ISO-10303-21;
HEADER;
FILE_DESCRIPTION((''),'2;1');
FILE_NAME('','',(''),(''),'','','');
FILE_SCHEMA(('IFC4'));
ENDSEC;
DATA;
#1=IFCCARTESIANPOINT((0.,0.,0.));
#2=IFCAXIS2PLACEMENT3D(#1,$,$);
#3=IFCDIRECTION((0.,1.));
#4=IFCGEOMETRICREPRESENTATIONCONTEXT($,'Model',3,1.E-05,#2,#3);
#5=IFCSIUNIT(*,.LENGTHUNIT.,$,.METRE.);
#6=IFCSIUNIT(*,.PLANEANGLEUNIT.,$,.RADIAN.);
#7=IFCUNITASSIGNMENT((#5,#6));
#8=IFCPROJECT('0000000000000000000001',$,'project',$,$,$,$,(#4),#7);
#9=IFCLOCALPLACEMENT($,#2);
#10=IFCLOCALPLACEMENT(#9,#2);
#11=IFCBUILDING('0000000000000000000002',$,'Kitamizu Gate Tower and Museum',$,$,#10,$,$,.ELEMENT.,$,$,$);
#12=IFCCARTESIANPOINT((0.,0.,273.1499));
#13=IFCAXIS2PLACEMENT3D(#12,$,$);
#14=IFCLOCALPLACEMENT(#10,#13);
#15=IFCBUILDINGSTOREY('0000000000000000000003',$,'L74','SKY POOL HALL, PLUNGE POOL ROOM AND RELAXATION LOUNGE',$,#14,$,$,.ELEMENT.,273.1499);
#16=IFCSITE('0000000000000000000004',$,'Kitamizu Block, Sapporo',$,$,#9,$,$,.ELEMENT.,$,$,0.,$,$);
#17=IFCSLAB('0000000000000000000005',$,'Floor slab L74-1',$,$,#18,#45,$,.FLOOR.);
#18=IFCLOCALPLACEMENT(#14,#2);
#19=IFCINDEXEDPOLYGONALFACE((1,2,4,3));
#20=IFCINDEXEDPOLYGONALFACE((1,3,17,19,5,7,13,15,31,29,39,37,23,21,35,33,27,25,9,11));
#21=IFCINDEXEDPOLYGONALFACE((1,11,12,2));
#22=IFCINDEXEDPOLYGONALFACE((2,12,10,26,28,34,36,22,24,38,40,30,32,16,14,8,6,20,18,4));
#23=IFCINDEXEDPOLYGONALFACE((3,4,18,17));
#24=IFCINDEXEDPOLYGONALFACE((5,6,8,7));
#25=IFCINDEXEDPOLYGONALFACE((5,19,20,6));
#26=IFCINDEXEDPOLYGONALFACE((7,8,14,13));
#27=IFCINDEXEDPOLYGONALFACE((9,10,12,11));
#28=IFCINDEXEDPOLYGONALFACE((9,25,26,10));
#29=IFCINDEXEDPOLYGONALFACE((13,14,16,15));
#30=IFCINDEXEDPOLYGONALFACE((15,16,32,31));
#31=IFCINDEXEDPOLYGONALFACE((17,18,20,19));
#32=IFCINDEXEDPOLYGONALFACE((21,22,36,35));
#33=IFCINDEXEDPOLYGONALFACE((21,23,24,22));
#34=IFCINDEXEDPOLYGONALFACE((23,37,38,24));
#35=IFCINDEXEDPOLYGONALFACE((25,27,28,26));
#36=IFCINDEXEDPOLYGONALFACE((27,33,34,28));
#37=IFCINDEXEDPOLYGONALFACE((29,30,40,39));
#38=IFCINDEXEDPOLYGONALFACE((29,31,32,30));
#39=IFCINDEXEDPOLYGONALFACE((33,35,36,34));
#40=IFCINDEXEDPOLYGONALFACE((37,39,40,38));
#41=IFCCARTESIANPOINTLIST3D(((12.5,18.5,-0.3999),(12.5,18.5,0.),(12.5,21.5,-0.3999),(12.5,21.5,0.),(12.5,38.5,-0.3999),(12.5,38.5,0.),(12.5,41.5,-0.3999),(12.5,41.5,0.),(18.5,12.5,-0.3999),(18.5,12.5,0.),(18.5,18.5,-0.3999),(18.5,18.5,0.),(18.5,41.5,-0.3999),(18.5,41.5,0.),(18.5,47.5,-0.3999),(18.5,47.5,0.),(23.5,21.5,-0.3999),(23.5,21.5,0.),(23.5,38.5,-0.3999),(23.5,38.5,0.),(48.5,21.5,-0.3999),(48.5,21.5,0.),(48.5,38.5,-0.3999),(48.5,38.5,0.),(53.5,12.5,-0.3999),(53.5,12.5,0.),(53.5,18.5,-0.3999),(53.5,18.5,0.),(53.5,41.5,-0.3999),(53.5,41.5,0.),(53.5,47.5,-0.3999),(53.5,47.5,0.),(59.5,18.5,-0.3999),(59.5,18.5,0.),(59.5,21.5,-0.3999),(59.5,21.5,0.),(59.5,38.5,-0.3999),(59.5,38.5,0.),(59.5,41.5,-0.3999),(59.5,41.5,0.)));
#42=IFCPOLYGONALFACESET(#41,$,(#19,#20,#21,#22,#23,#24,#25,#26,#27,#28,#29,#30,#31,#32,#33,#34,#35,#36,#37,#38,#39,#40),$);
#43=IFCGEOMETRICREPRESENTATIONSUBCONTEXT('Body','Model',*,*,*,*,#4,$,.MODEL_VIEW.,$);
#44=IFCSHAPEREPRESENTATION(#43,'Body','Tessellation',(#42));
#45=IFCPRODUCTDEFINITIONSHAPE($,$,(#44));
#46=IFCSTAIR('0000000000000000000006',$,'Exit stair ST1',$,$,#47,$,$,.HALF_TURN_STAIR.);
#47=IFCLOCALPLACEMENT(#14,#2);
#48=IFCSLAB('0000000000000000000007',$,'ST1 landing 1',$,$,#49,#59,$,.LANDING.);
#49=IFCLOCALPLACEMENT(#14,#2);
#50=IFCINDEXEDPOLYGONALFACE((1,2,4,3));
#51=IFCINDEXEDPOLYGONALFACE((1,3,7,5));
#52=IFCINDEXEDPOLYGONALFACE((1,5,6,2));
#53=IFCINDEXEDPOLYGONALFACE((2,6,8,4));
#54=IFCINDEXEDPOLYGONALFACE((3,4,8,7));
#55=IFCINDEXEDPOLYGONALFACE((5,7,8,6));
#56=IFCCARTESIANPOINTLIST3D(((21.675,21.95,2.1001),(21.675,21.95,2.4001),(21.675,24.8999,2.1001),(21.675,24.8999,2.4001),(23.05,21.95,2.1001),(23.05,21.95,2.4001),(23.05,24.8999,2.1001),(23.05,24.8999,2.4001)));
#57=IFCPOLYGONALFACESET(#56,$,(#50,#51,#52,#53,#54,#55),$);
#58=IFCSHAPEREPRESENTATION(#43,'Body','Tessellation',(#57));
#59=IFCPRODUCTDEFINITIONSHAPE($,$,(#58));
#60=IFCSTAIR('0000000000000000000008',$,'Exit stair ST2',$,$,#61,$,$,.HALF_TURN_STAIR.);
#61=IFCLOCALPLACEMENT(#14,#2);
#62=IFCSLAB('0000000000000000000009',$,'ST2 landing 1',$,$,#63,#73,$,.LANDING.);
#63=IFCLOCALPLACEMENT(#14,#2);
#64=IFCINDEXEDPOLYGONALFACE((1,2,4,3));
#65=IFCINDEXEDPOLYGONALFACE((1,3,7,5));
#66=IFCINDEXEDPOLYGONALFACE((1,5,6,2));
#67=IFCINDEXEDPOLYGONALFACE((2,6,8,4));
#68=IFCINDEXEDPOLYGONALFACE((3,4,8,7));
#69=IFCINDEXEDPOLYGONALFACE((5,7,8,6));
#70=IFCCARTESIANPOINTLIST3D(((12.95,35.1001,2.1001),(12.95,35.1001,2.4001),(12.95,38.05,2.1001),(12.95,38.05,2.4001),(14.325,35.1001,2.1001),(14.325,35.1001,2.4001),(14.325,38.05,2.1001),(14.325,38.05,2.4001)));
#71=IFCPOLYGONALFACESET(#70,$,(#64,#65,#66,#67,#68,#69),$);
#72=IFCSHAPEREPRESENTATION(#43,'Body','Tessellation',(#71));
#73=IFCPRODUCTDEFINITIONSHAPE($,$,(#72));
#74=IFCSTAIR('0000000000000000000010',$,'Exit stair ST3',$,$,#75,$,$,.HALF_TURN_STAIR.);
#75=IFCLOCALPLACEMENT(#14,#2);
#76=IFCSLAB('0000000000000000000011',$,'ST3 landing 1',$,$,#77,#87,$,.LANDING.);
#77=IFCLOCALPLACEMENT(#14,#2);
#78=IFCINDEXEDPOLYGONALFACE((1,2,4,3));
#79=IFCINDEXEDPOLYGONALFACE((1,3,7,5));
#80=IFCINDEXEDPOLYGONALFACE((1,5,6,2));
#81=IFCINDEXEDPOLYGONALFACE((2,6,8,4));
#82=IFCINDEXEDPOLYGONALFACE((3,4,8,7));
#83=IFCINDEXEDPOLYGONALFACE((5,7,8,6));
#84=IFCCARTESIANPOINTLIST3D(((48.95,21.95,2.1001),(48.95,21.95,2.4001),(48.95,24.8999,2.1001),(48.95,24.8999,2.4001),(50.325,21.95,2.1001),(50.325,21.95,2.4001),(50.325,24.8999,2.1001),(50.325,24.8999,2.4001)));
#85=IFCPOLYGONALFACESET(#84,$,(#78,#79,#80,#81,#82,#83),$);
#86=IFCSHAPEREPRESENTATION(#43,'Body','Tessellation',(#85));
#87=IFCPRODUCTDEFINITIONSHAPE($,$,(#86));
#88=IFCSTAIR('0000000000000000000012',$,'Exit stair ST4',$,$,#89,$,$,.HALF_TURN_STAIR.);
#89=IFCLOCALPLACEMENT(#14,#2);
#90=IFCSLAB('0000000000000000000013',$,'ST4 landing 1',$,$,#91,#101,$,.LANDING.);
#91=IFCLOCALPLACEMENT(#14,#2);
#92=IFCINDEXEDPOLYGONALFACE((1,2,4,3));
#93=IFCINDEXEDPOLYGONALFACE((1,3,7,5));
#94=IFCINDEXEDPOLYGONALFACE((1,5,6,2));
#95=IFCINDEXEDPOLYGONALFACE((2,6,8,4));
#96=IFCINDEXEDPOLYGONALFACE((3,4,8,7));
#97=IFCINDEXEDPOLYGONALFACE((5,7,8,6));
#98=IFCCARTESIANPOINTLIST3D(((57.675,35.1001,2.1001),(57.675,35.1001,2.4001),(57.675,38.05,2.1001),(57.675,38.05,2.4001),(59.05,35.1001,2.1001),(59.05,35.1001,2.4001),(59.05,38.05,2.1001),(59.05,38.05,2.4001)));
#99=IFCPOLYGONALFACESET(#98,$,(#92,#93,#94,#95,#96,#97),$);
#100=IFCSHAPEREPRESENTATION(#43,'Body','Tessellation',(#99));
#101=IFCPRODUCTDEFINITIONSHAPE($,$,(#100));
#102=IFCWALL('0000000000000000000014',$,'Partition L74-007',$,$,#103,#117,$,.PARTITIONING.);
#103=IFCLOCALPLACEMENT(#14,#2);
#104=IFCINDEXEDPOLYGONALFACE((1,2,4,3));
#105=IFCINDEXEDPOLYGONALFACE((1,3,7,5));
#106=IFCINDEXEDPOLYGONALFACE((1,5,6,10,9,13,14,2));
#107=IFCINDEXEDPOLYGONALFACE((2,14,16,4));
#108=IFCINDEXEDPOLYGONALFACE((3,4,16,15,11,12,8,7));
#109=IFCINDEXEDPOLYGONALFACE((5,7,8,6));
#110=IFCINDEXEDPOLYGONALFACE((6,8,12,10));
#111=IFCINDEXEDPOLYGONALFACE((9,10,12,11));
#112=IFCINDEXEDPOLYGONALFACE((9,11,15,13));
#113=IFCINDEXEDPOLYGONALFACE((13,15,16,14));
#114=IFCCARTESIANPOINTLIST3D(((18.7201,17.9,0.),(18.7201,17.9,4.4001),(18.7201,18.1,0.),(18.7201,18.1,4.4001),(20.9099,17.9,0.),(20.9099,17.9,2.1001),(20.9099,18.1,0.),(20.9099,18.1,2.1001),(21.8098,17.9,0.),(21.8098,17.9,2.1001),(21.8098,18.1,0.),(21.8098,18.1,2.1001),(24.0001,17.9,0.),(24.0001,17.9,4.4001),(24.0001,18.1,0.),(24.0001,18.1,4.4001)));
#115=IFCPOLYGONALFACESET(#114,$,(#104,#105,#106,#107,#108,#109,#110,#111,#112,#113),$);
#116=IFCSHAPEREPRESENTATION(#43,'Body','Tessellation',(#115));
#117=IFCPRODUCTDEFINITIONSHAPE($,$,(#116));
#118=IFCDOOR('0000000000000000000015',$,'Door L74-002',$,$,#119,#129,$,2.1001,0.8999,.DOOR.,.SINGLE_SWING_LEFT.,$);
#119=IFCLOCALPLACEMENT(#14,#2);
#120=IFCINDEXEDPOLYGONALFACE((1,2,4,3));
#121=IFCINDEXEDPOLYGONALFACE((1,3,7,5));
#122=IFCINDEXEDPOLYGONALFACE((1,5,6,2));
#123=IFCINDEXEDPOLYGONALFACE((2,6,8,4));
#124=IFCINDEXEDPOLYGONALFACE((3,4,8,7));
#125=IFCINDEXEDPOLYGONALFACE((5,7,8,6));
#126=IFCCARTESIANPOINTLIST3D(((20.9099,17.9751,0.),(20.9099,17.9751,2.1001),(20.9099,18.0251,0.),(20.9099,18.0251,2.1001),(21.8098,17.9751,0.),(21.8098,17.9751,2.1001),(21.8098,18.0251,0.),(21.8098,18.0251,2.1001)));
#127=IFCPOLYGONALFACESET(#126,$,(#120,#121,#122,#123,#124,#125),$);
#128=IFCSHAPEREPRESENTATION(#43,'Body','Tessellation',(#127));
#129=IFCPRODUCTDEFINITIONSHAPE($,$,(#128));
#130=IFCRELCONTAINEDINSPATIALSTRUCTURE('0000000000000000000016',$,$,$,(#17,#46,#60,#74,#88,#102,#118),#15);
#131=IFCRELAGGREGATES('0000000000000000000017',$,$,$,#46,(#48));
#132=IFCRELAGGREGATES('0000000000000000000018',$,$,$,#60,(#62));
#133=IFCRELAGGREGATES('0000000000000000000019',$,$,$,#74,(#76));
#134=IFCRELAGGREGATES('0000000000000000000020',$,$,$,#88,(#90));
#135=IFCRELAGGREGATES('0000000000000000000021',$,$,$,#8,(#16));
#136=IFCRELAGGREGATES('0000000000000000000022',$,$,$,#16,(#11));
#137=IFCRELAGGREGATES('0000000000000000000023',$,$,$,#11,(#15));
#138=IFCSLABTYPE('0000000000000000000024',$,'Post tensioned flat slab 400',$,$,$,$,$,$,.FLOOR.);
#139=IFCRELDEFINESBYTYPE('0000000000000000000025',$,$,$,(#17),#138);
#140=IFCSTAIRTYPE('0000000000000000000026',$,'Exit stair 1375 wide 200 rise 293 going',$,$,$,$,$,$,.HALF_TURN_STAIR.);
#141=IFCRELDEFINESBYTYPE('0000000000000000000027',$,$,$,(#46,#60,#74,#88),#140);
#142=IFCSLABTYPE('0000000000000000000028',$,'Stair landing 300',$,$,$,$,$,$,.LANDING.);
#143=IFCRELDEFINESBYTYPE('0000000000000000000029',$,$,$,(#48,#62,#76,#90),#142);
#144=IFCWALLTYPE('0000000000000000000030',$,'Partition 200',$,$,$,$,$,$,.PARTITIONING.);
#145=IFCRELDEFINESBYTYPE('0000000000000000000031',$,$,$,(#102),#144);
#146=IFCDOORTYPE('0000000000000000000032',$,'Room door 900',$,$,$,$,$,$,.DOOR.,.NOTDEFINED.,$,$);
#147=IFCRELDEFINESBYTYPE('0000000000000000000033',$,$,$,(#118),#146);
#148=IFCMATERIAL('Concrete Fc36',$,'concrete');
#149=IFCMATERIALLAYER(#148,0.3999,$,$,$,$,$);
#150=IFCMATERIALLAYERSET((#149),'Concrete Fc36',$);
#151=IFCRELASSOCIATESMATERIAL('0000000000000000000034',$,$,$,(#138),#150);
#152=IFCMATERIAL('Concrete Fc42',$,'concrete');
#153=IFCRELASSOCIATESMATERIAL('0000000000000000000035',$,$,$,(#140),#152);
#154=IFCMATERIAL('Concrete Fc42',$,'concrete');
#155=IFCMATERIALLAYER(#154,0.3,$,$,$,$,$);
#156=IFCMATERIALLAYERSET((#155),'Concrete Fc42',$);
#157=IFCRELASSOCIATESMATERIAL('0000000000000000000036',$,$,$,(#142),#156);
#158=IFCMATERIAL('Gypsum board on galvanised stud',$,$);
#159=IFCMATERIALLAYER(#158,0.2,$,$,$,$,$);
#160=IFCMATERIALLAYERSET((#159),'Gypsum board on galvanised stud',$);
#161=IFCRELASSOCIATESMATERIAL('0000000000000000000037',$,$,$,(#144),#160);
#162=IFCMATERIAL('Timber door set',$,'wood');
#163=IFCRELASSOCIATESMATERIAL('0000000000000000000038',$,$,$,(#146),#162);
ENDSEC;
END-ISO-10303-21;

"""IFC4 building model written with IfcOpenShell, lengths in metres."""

from ifc_helpers import new_model, si_unit, direction, frame, frame_2d, origin, place, context, subcontext, project, spatial, polyline, rectangle, outline, extrude, material, layer, layer_set, type_object, element, fill, aggregate, save


model = new_model("IFC4")

# Units and contexts
model_context = context("Model", 3, precision=1e-05, world=origin(), true_north=direction((0.0, 1.0)))
body_context = subcontext(model_context, "Body", "Model", "MODEL_VIEW")
ifc_project = project(units=[si_unit("LENGTHUNIT", "METRE"), si_unit("PLANEANGLEUNIT", "RADIAN")], contexts=[model_context])

# Site, building, storey
site_placement = place(None, origin())
site = spatial("IfcSite", under=ifc_project, at=site_placement, Name="Kitamizu Block, Sapporo", CompositionType="ELEMENT", RefElevation=0.0)
building_placement = place(site_placement, origin())
building = spatial("IfcBuilding", under=site, at=building_placement, Name="Kitamizu Gate Tower and Museum", CompositionType="ELEMENT")
storey_placement = place(building_placement, frame((0.0, 0.0, 273.1499)))
storey = spatial("IfcBuildingStorey", under=building, at=storey_placement, Name="L74", Description="SKY POOL HALL, PLUNGE POOL ROOM AND RELAXATION LOUNGE", CompositionType="ELEMENT", Elevation=273.1499)

# Slab
ifc_material_1 = material(Name="Concrete Fc36", Category="concrete")
ifc_layer_1 = layer(ifc_material_1, 0.3999)
ifc_layer_set_1 = layer_set([ifc_layer_1], Name="Concrete Fc36")
slab_type_1 = type_object("IfcSlabType", Name="Post tensioned flat slab 400", PredefinedType="FLOOR", material=ifc_layer_set_1)
slab_1_placement = place(storey_placement, frame((0.0, 0.0, -0.3999)))
element("IfcSlab", 1, at=slab_1_placement, inside=storey, type_object=slab_type_1, Name="Floor slab L74-1", PredefinedType="FLOOR", context=body_context, shape_type="SweptSolid", body=[
    extrude(outline(polyline([(12.5, 18.5), (12.5, 21.5), (23.5, 21.5), (23.5, 38.5), (12.5, 38.5), (12.5, 41.5), (18.5, 41.5), (18.5, 47.5), (53.5, 47.5), (53.5, 41.5), (59.5, 41.5), (59.5, 38.5), (48.5, 38.5), (48.5, 21.5), (59.5, 21.5), (59.5, 18.5), (53.5, 18.5), (53.5, 12.5), (18.5, 12.5), (18.5, 18.5), (12.5, 18.5)])), origin(), (0.0, 0.0, 1.0), 0.3999),
])

# Stairs, slabs
ifc_material_2 = material(Name="Concrete Fc42", Category="concrete")
stair_type = type_object("IfcStairType", Name="Exit stair 1375 wide 200 rise 293 going", PredefinedType="HALF_TURN_STAIR", material=ifc_material_2)
stair_1_placement = place(storey_placement, origin())
stair_1 = element("IfcStair", 2, at=stair_1_placement, inside=storey, type_object=stair_type, Name="Exit stair ST1", PredefinedType="HALF_TURN_STAIR")
ifc_material_3 = material(Name="Concrete Fc42", Category="concrete")
ifc_layer_2 = layer(ifc_material_3, 0.3)
ifc_layer_set_2 = layer_set([ifc_layer_2], Name="Concrete Fc42")
slab_type_2 = type_object("IfcSlabType", Name="Stair landing 300", PredefinedType="LANDING", material=ifc_layer_set_2)
slab_2_placement = place(storey_placement, frame((0.0, 0.0, 2.1001)))
slab_2 = element("IfcSlab", 3, at=slab_2_placement, type_object=slab_type_2, Name="ST1 landing 1", PredefinedType="LANDING", context=body_context, shape_type="SweptSolid", body=[
    extrude(outline(polyline([(21.675, 21.95), (23.05, 21.95), (23.05, 24.8999), (21.675, 24.8999), (21.675, 21.95)])), origin(), (0.0, 0.0, 1.0), 0.3),
])
aggregate(stair_1, [slab_2])
stair_2_placement = place(storey_placement, origin())
stair_2 = element("IfcStair", 4, at=stair_2_placement, inside=storey, type_object=stair_type, Name="Exit stair ST2", PredefinedType="HALF_TURN_STAIR")
slab_3_placement = place(storey_placement, frame((0.0, 0.0, 2.1001)))
slab_3 = element("IfcSlab", 5, at=slab_3_placement, type_object=slab_type_2, Name="ST2 landing 1", PredefinedType="LANDING", context=body_context, shape_type="SweptSolid", body=[
    extrude(outline(polyline([(12.95, 35.1001), (14.325, 35.1001), (14.325, 38.05), (12.95, 38.05), (12.95, 35.1001)])), origin(), (0.0, 0.0, 1.0), 0.3),
])
aggregate(stair_2, [slab_3])
stair_3_placement = place(storey_placement, origin())
stair_3 = element("IfcStair", 6, at=stair_3_placement, inside=storey, type_object=stair_type, Name="Exit stair ST3", PredefinedType="HALF_TURN_STAIR")
slab_4_placement = place(storey_placement, frame((0.0, 0.0, 2.1001)))
slab_4 = element("IfcSlab", 7, at=slab_4_placement, type_object=slab_type_2, Name="ST3 landing 1", PredefinedType="LANDING", context=body_context, shape_type="SweptSolid", body=[
    extrude(outline(polyline([(48.95, 21.95), (50.325, 21.95), (50.325, 24.8999), (48.95, 24.8999), (48.95, 21.95)])), origin(), (0.0, 0.0, 1.0), 0.3),
])
aggregate(stair_3, [slab_4])
stair_4_placement = place(storey_placement, origin())
stair_4 = element("IfcStair", 8, at=stair_4_placement, inside=storey, type_object=stair_type, Name="Exit stair ST4", PredefinedType="HALF_TURN_STAIR")
slab_5_placement = place(storey_placement, frame((0.0, 0.0, 2.1001)))
slab_5 = element("IfcSlab", 9, at=slab_5_placement, type_object=slab_type_2, Name="ST4 landing 1", PredefinedType="LANDING", context=body_context, shape_type="SweptSolid", body=[
    extrude(outline(polyline([(57.675, 35.1001), (59.05, 35.1001), (59.05, 38.05), (57.675, 38.05), (57.675, 35.1001)])), origin(), (0.0, 0.0, 1.0), 0.3),
])
aggregate(stair_4, [slab_5])

# Wall, opening, door
ifc_material_4 = material(Name="Gypsum board on galvanised stud")
ifc_layer_3 = layer(ifc_material_4, 0.2)
ifc_layer_set_3 = layer_set([ifc_layer_3], Name="Gypsum board on galvanised stud")
wall_type = type_object("IfcWallType", Name="Partition 200", PredefinedType="PARTITIONING", material=ifc_layer_set_3)
wall_placement = place(storey_placement, frame((18.72, 18.0, 0.0), z_axis=(0.0, 0.0, 1.0), x_axis=(1.0, 0.0, 0.0)))
wall = element("IfcWall", 10, at=wall_placement, inside=storey, type_object=wall_type, Name="Partition L74-007", PredefinedType="PARTITIONING", context=body_context, shape_type="SweptSolid", body=[
    extrude(rectangle(XDim=5.28, YDim=0.2, at=frame_2d((2.6401, 0.0))), origin(), (0.0, 0.0, 1.0), 4.4001),
])
opening_placement = place(wall_placement, frame((2.1899, 0.0, 0.0)))
opening = element("IfcOpeningElement", 11, at=opening_placement, cuts=wall, PredefinedType="OPENING", context=body_context, shape_type="SweptSolid", body=[
    extrude(rectangle(XDim=0.8999, YDim=2.1001, at=frame_2d((0.45, 1.05))), frame((0.0, 0.1099, 0.0), z_axis=(0.0, -1.0, 0.0), x_axis=(1.0, 0.0, 0.0)), (0.0, 0.0, 1.0), 0.22),
])
ifc_material_5 = material(Name="Timber door set", Category="wood")
door_type = type_object("IfcDoorType", Name="Room door 900", OperationType="NOTDEFINED", PredefinedType="DOOR", material=ifc_material_5)
door_placement = place(opening_placement, frame((0.8999, 0.0, 0.0), x_axis=(-1.0, 0.0, 0.0)))
door = element("IfcDoor", 12, at=door_placement, inside=storey, type_object=door_type, Name="Door L74-002", OperationType="SINGLE_SWING_LEFT", OverallHeight=2.1001, OverallWidth=0.8999, PredefinedType="DOOR", context=body_context, shape_type="SweptSolid", body=[
    extrude(rectangle(XDim=0.8999, YDim=2.1001, at=frame_2d((0.45, 1.05))), frame((0.0, 0.0249, 0.0), z_axis=(0.0, -1.0, 0.0), x_axis=(1.0, 0.0, 0.0)), (0.0, 0.0, 1.0), 0.05),
])
fill(opening, door)

save(model, "model.ifc")
